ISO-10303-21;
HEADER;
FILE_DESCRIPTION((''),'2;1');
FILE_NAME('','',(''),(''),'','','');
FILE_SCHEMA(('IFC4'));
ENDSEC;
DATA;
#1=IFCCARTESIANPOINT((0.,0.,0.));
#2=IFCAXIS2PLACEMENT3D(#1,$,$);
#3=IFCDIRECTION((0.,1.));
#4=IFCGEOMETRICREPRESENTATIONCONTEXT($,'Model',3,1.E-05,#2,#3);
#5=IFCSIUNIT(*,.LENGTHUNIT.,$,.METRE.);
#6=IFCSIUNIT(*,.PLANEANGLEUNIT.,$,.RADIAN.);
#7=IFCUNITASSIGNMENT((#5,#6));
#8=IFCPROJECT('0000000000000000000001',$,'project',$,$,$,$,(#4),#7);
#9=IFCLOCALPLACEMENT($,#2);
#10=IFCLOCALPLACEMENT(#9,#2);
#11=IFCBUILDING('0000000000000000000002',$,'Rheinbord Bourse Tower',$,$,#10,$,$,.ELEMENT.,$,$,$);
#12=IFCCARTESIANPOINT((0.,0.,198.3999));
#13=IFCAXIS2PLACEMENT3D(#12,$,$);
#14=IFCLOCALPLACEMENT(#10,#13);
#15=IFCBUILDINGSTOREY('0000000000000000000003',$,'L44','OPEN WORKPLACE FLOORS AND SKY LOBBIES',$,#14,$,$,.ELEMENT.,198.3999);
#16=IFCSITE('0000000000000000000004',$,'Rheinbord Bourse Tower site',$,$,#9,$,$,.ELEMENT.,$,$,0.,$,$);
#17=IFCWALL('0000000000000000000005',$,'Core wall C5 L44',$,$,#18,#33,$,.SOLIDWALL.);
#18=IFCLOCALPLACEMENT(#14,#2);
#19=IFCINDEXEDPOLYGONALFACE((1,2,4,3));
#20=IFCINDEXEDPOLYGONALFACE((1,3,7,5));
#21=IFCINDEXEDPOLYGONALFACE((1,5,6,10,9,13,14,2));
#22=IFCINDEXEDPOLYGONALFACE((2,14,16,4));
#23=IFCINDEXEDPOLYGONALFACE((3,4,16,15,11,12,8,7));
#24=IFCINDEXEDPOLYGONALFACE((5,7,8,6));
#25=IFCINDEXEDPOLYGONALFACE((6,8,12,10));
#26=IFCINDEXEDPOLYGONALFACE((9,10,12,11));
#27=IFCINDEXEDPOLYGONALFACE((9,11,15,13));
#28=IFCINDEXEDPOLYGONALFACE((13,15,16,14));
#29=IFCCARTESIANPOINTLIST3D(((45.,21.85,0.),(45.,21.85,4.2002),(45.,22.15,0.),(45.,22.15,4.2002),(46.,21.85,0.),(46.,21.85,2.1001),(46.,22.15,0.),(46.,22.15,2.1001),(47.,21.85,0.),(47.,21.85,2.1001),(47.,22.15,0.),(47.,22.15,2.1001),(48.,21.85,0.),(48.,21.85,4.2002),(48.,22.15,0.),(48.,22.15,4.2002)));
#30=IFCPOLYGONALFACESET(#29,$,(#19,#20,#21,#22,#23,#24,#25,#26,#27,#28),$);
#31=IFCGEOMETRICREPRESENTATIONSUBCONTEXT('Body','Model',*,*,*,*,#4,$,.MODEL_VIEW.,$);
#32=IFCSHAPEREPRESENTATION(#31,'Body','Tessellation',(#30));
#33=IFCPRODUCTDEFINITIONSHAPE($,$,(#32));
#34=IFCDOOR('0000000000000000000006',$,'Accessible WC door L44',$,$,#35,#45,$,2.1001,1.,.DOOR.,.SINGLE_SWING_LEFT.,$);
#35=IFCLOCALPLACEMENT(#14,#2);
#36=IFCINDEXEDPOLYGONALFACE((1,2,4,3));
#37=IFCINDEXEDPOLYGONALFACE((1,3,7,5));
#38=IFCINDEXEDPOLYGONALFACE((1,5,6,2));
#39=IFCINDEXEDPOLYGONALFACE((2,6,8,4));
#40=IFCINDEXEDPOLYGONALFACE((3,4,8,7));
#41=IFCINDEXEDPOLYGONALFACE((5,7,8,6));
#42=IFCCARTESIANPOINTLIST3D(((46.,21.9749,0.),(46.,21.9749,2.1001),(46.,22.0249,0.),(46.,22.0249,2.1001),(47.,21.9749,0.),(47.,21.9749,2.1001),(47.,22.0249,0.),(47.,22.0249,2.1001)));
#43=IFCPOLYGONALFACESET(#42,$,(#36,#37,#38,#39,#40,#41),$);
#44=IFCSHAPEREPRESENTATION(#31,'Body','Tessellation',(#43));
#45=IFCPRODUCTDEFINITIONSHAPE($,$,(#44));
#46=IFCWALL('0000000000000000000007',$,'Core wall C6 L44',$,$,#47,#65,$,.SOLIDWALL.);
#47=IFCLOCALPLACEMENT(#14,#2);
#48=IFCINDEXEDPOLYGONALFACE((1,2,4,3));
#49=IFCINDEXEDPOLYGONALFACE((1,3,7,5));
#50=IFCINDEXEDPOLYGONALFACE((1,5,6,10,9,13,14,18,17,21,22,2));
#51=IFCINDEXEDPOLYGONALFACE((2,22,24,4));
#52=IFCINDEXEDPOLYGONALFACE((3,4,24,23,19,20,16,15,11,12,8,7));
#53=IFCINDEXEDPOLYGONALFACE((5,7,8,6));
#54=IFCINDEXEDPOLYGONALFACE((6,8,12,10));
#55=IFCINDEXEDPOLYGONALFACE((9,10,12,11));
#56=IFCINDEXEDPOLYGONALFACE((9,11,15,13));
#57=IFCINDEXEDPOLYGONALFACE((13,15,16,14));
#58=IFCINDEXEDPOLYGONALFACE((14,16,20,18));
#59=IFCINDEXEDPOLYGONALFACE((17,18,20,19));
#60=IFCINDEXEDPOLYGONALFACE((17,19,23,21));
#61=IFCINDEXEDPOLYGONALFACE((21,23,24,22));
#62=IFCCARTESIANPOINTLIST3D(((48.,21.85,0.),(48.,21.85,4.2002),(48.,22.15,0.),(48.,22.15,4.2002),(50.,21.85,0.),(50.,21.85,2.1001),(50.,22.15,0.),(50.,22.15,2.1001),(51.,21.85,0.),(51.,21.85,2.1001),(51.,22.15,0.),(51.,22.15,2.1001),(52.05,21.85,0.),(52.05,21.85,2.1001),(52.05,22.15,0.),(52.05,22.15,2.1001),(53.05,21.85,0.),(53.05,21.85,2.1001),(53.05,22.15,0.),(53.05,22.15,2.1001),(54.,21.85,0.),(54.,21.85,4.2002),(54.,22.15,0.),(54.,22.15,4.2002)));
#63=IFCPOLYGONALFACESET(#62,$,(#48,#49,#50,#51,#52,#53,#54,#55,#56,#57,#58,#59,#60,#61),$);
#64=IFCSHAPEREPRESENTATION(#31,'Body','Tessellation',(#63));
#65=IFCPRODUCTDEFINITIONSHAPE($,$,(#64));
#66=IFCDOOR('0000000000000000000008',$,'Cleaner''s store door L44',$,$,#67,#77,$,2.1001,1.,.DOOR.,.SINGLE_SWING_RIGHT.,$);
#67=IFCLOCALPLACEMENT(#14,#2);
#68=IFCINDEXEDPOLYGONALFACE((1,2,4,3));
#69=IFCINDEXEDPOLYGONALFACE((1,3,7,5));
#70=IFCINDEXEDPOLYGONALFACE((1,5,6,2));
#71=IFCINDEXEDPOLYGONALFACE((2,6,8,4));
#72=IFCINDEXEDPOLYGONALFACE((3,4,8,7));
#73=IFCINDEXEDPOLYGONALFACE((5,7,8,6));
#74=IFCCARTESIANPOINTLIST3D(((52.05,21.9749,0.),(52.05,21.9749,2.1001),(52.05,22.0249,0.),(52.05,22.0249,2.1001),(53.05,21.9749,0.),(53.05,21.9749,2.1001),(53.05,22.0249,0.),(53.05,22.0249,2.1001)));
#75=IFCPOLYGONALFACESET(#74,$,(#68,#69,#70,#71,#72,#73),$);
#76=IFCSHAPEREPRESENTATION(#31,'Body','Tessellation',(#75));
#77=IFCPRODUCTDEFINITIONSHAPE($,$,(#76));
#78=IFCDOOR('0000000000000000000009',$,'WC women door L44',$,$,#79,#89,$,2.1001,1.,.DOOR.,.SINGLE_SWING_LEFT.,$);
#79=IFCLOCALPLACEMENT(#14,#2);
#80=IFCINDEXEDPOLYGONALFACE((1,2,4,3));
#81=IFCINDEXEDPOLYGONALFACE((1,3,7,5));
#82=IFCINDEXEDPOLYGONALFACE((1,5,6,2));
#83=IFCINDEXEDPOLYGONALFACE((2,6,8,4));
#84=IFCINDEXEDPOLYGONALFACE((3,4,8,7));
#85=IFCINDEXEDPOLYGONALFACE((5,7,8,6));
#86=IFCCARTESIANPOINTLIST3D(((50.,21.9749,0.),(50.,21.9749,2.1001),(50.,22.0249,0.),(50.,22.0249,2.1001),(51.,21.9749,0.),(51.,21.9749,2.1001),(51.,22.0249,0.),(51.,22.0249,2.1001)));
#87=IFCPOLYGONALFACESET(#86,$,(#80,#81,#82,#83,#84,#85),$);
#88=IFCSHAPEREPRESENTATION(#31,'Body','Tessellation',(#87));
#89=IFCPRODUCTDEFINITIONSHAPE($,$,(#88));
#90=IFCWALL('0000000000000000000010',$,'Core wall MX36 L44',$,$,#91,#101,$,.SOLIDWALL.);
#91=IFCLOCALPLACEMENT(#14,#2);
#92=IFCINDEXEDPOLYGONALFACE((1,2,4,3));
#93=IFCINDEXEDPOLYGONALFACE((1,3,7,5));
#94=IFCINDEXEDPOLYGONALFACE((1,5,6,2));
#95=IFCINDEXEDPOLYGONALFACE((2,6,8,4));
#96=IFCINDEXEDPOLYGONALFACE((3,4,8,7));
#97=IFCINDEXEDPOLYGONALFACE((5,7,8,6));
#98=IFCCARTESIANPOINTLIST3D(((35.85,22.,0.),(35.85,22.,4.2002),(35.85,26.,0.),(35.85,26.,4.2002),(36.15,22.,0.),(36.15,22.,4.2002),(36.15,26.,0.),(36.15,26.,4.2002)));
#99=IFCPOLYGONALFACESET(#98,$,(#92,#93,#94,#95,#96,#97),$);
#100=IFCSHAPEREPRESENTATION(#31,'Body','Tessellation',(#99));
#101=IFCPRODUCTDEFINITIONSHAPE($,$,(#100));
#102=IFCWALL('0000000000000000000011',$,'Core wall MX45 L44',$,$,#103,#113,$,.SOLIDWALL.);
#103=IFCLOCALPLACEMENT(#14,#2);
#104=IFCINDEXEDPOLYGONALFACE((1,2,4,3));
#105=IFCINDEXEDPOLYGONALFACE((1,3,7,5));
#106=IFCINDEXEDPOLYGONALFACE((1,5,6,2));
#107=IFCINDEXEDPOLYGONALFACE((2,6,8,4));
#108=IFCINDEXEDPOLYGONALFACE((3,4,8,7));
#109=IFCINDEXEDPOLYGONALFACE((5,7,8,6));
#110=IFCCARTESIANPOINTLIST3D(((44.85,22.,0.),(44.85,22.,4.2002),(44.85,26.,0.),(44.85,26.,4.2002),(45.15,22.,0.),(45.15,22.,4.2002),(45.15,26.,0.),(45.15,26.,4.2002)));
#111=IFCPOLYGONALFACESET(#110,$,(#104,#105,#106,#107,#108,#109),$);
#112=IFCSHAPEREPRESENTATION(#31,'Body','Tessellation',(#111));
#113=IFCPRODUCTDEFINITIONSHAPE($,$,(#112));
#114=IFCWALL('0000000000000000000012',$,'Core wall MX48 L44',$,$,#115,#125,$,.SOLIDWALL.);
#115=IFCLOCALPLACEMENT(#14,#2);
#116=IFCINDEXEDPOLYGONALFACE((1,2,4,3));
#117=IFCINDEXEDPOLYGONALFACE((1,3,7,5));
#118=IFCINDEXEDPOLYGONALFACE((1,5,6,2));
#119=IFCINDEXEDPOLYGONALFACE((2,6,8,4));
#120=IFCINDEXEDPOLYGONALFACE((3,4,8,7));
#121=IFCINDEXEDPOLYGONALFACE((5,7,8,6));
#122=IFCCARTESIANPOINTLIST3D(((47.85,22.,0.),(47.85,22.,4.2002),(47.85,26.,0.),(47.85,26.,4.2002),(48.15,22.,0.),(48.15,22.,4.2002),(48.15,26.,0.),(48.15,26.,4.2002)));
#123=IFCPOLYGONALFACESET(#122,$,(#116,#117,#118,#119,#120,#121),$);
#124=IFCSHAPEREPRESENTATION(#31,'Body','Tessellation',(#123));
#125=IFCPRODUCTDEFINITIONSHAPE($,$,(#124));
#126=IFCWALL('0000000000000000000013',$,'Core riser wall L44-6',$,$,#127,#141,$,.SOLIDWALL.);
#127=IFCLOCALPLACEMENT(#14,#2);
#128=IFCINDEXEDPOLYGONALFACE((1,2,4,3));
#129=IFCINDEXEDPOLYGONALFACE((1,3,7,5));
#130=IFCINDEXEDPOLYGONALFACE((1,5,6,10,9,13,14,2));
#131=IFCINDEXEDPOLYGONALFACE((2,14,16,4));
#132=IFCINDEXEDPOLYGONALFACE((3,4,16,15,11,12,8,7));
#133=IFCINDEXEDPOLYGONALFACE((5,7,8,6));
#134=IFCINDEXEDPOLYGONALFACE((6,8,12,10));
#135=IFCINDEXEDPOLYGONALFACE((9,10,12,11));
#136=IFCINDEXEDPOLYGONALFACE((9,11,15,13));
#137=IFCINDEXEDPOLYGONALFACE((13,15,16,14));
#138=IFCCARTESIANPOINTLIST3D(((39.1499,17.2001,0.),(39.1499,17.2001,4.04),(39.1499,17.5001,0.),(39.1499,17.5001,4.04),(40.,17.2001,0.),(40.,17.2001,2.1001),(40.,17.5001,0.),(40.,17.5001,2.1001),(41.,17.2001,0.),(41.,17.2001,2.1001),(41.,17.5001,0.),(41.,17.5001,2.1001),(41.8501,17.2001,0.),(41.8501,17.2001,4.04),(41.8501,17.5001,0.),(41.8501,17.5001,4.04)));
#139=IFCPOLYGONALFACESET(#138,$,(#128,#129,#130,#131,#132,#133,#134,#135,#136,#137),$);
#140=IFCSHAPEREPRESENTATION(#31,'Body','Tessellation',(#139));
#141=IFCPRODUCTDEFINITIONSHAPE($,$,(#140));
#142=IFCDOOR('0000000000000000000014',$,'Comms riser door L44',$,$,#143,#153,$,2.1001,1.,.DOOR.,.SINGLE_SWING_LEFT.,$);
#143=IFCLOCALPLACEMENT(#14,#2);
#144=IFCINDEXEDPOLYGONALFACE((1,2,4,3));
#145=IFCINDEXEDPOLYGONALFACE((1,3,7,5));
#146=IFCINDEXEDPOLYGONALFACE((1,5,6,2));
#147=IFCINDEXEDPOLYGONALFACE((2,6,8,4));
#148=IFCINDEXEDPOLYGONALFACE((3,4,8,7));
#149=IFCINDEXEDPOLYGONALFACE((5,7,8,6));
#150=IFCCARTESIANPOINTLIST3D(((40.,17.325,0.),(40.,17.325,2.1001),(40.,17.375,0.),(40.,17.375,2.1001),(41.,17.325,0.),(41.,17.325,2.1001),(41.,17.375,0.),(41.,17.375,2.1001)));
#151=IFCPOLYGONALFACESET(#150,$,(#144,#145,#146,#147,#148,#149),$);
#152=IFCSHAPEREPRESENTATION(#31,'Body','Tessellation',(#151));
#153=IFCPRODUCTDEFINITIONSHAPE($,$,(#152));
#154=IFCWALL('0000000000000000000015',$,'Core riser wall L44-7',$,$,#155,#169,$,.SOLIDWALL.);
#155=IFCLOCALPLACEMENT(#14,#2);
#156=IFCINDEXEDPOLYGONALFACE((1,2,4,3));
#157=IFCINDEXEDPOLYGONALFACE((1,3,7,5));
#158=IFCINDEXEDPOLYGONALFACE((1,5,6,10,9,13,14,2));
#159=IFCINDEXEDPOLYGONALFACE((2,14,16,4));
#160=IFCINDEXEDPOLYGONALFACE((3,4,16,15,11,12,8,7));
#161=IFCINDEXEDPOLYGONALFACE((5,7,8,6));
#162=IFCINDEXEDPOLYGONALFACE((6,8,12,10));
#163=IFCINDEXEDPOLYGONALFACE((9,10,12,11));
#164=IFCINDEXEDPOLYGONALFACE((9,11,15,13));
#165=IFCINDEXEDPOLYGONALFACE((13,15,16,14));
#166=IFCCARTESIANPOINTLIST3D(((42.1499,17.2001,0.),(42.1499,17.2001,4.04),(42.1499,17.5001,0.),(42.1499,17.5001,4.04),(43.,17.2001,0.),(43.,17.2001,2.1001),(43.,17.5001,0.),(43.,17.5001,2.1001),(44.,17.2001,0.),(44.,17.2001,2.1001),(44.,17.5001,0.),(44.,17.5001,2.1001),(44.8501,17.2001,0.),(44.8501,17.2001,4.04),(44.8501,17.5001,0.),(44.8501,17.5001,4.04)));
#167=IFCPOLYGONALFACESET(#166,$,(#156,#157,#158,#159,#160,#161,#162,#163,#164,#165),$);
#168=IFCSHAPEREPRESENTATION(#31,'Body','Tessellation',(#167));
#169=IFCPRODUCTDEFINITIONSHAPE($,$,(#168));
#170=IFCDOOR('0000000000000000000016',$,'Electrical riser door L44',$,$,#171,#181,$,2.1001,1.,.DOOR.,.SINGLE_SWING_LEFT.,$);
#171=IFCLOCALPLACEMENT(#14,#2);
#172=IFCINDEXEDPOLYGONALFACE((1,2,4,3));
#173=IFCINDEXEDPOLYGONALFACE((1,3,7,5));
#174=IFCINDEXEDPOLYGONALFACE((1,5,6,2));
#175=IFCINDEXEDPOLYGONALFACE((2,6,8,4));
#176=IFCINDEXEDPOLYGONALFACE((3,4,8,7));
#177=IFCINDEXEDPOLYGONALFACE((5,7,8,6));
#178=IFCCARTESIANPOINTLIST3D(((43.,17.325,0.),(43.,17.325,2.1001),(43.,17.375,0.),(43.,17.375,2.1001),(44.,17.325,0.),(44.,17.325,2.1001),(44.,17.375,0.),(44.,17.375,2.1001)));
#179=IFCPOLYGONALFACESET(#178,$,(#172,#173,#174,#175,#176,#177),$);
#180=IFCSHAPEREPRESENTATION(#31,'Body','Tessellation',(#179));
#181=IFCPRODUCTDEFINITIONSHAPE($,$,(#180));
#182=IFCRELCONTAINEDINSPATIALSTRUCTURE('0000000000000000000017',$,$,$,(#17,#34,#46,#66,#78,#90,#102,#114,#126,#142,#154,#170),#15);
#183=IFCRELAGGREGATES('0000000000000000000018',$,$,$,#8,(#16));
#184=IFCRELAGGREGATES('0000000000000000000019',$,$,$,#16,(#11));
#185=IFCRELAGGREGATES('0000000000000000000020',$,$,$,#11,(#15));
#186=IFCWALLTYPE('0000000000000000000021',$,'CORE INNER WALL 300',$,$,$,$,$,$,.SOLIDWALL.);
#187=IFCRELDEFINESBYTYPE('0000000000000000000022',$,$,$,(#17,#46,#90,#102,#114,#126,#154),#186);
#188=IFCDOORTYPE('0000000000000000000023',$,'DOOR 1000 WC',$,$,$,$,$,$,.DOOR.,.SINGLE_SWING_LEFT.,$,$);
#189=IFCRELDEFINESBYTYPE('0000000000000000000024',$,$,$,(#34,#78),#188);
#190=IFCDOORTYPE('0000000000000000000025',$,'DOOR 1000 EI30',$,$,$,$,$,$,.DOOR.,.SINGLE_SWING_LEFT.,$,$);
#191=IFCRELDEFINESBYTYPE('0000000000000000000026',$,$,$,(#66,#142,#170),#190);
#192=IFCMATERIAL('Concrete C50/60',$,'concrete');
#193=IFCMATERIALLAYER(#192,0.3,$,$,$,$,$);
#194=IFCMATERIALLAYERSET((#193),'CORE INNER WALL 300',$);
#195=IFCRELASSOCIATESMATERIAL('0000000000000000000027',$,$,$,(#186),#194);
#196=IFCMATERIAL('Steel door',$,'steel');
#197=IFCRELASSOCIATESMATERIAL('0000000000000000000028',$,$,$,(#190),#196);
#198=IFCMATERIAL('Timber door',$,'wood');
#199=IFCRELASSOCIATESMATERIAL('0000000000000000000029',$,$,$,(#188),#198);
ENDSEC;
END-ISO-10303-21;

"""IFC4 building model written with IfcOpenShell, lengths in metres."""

from ifc_helpers import new_model, si_unit, direction, frame, frame_2d, origin, place, context, subcontext, project, spatial, rectangle, extrude, material, layer, layer_set, type_object, element, fill, save


model = new_model("IFC4")

# Units and contexts
model_context = context("Model", 3, precision=1e-05, world=origin(), true_north=direction((0.0, 1.0)))
body_context = subcontext(model_context, "Body", "Model", "MODEL_VIEW")
ifc_project = project(units=[si_unit("LENGTHUNIT", "METRE"), si_unit("PLANEANGLEUNIT", "RADIAN")], contexts=[model_context])

# Site, building, storey
site_placement = place(None, origin())
site = spatial("IfcSite", under=ifc_project, at=site_placement, Name="Rheinbord Bourse Tower site", CompositionType="ELEMENT", RefElevation=0.0)
building_placement = place(site_placement, origin())
building = spatial("IfcBuilding", under=site, at=building_placement, Name="Rheinbord Bourse Tower", CompositionType="ELEMENT")
storey_placement = place(building_placement, frame((0.0, 0.0, 198.3999)))
storey = spatial("IfcBuildingStorey", under=building, at=storey_placement, Name="L44", Description="OPEN WORKPLACE FLOORS AND SKY LOBBIES", CompositionType="ELEMENT", Elevation=198.3999)

# Wall, opening, door
ifc_material_1 = material(Name="Concrete C50/60", Category="concrete")
ifc_layer_1 = layer(ifc_material_1, 0.3)
ifc_layer_set_1 = layer_set([ifc_layer_1], Name="CORE INNER WALL 300")
wall_type_1 = type_object("IfcWallType", Name="CORE INNER WALL 300", PredefinedType="SOLIDWALL", material=ifc_layer_set_1)
ifc_material_2 = material(Name="Steel door", Category="steel")
door_type_1 = type_object("IfcDoorType", Name="DOOR 1000 EI30", OperationType="SINGLE_SWING_LEFT", PredefinedType="DOOR", material=ifc_material_2)
wall_1_placement = place(storey_placement, frame((45.0, 22.0, 0.0), z_axis=(0.0, 0.0, 1.0), x_axis=(1.0, 0.0, 0.0)))
wall_1 = element("IfcWall", 1, at=wall_1_placement, inside=storey, type_object=wall_type_1, Name="Core wall C5 L44", PredefinedType="SOLIDWALL", context=body_context, shape_type="SweptSolid", body=[
    extrude(rectangle(XDim=3.0, YDim=0.3, at=frame_2d((1.5, 0.0))), origin(), (0.0, 0.0, 1.0), 4.2002),
])
opening_1_placement = place(wall_1_placement, frame((1.0, 0.0, 0.0)))
opening_1 = element("IfcOpeningElement", 2, at=opening_1_placement, cuts=wall_1, PredefinedType="OPENING", context=body_context, shape_type="SweptSolid", body=[
    extrude(rectangle(XDim=1.0, YDim=2.1001, at=frame_2d((0.5, 1.05))), frame((0.0, 0.1599, 0.0), z_axis=(0.0, -1.0, 0.0), x_axis=(1.0, 0.0, 0.0)), (0.0, 0.0, 1.0), 0.3201),
])
ifc_material_3 = material(Name="Timber door", Category="wood")
door_type_2 = type_object("IfcDoorType", Name="DOOR 1000 WC", OperationType="SINGLE_SWING_LEFT", PredefinedType="DOOR", material=ifc_material_3)
door_1_placement = place(opening_1_placement, origin())
door_1 = element("IfcDoor", 3, at=door_1_placement, inside=storey, type_object=door_type_2, Name="Accessible WC door L44", OperationType="SINGLE_SWING_LEFT", OverallHeight=2.1001, OverallWidth=1.0, PredefinedType="DOOR", context=body_context, shape_type="SweptSolid", body=[
    extrude(rectangle(XDim=1.0, YDim=2.1001, at=frame_2d((0.5, 1.05))), frame((0.0, 0.0249, 0.0), z_axis=(0.0, -1.0, 0.0), x_axis=(1.0, 0.0, 0.0)), (0.0, 0.0, 1.0), 0.05),
])
fill(opening_1, door_1)

# Wall, openings, doors
wall_2_placement = place(storey_placement, frame((48.0, 22.0, 0.0), z_axis=(0.0, 0.0, 1.0), x_axis=(1.0, 0.0, 0.0)))
wall_2 = element("IfcWall", 4, at=wall_2_placement, inside=storey, type_object=wall_type_1, Name="Core wall C6 L44", PredefinedType="SOLIDWALL", context=body_context, shape_type="SweptSolid", body=[
    extrude(rectangle(XDim=6.0, YDim=0.3, at=frame_2d((3.0, 0.0))), origin(), (0.0, 0.0, 1.0), 4.2002),
])
opening_2_placement = place(wall_2_placement, frame((2.0, 0.0, 0.0)))
opening_2 = element("IfcOpeningElement", 5, at=opening_2_placement, cuts=wall_2, PredefinedType="OPENING", context=body_context, shape_type="SweptSolid", body=[
    extrude(rectangle(XDim=1.0, YDim=2.1001, at=frame_2d((0.5, 1.05))), frame((0.0, 0.1599, 0.0), z_axis=(0.0, -1.0, 0.0), x_axis=(1.0, 0.0, 0.0)), (0.0, 0.0, 1.0), 0.3201),
])
opening_3_placement = place(wall_2_placement, frame((4.05, 0.0, 0.0)))
opening_3 = element("IfcOpeningElement", 6, at=opening_3_placement, cuts=wall_2, PredefinedType="OPENING", context=body_context, shape_type="SweptSolid", body=[
    extrude(rectangle(XDim=1.0, YDim=2.1001, at=frame_2d((0.5, 1.05))), frame((0.0, 0.1599, 0.0), z_axis=(0.0, -1.0, 0.0), x_axis=(1.0, 0.0, 0.0)), (0.0, 0.0, 1.0), 0.3201),
])
door_2_placement = place(opening_3_placement, origin())
door_2 = element("IfcDoor", 7, at=door_2_placement, inside=storey, type_object=door_type_1, Name="Cleaner's store door L44", OperationType="SINGLE_SWING_RIGHT", OverallHeight=2.1001, OverallWidth=1.0, PredefinedType="DOOR", context=body_context, shape_type="SweptSolid", body=[
    extrude(rectangle(XDim=1.0, YDim=2.1001, at=frame_2d((0.5, 1.05))), frame((0.0, 0.0249, 0.0), z_axis=(0.0, -1.0, 0.0), x_axis=(1.0, 0.0, 0.0)), (0.0, 0.0, 1.0), 0.05),
])
fill(opening_3, door_2)
door_3_placement = place(opening_2_placement, origin())
door_3 = element("IfcDoor", 8, at=door_3_placement, inside=storey, type_object=door_type_2, Name="WC women door L44", OperationType="SINGLE_SWING_LEFT", OverallHeight=2.1001, OverallWidth=1.0, PredefinedType="DOOR", context=body_context, shape_type="SweptSolid", body=[
    extrude(rectangle(XDim=1.0, YDim=2.1001, at=frame_2d((0.5, 1.05))), frame((0.0, 0.0249, 0.0), z_axis=(0.0, -1.0, 0.0), x_axis=(1.0, 0.0, 0.0)), (0.0, 0.0, 1.0), 0.05),
])
fill(opening_2, door_3)

# Walls
for number, where, z_axis, x_axis, name in (
    (9, (36.0, 22.0, 0.0), (0.0, 0.0, 1.0), (0.0, 1.0, 0.0), "Core wall MX36 L44"),
    (10, (45.0, 22.0, 0.0), (0.0, 0.0, 1.0), (0.0, 1.0, 0.0), "Core wall MX45 L44"),
    (11, (48.0, 22.0, 0.0), (0.0, 0.0, 1.0), (0.0, 1.0, 0.0), "Core wall MX48 L44"),
):
    element("IfcWall", number, at=place(storey_placement, frame(where, z_axis=z_axis, x_axis=x_axis)), inside=storey, type_object=wall_type_1, Name=name, PredefinedType="SOLIDWALL", context=body_context, shape_type="SweptSolid", body=[
        extrude(rectangle(XDim=4.0, YDim=0.3, at=frame_2d((2.0, 0.0))), origin(), (0.0, 0.0, 1.0), 4.2002),
    ])

# Walls, openings, doors
wall_3_placement = place(storey_placement, frame((39.1499, 17.3501, 0.0), z_axis=(0.0, 0.0, 1.0), x_axis=(1.0, 0.0, 0.0)))
wall_3 = element("IfcWall", 12, at=wall_3_placement, inside=storey, type_object=wall_type_1, Name="Core riser wall L44-6", PredefinedType="SOLIDWALL", context=body_context, shape_type="SweptSolid", body=[
    extrude(rectangle(XDim=2.7002, YDim=0.3, at=frame_2d((1.3501, 0.0))), origin(), (0.0, 0.0, 1.0), 4.04),
])
opening_4_placement = place(wall_3_placement, frame((0.8501, 0.0, 0.0)))
opening_4 = element("IfcOpeningElement", 13, at=opening_4_placement, cuts=wall_3, PredefinedType="OPENING", context=body_context, shape_type="SweptSolid", body=[
    extrude(rectangle(XDim=1.0, YDim=2.1001, at=frame_2d((0.5, 1.05))), frame((0.0, 0.1599, 0.0), z_axis=(0.0, -1.0, 0.0), x_axis=(1.0, 0.0, 0.0)), (0.0, 0.0, 1.0), 0.3201),
])
door_4_placement = place(opening_4_placement, origin())
door_4 = element("IfcDoor", 14, at=door_4_placement, inside=storey, type_object=door_type_1, Name="Comms riser door L44", OperationType="SINGLE_SWING_LEFT", OverallHeight=2.1001, OverallWidth=1.0, PredefinedType="DOOR", context=body_context, shape_type="SweptSolid", body=[
    extrude(rectangle(XDim=1.0, YDim=2.1001, at=frame_2d((0.5, 1.05))), frame((0.0, 0.0249, 0.0), z_axis=(0.0, -1.0, 0.0), x_axis=(1.0, 0.0, 0.0)), (0.0, 0.0, 1.0), 0.05),
])
fill(opening_4, door_4)
wall_4_placement = place(storey_placement, frame((42.1499, 17.3501, 0.0), z_axis=(0.0, 0.0, 1.0), x_axis=(1.0, 0.0, 0.0)))
wall_4 = element("IfcWall", 15, at=wall_4_placement, inside=storey, type_object=wall_type_1, Name="Core riser wall L44-7", PredefinedType="SOLIDWALL", context=body_context, shape_type="SweptSolid", body=[
    extrude(rectangle(XDim=2.7002, YDim=0.3, at=frame_2d((1.3501, 0.0))), origin(), (0.0, 0.0, 1.0), 4.04),
])
opening_5_placement = place(wall_4_placement, frame((0.8501, 0.0, 0.0)))
opening_5 = element("IfcOpeningElement", 16, at=opening_5_placement, cuts=wall_4, PredefinedType="OPENING", context=body_context, shape_type="SweptSolid", body=[
    extrude(rectangle(XDim=1.0, YDim=2.1001, at=frame_2d((0.5, 1.05))), frame((0.0, 0.1599, 0.0), z_axis=(0.0, -1.0, 0.0), x_axis=(1.0, 0.0, 0.0)), (0.0, 0.0, 1.0), 0.3201),
])
door_5_placement = place(opening_5_placement, origin())
door_5 = element("IfcDoor", 17, at=door_5_placement, inside=storey, type_object=door_type_1, Name="Electrical riser door L44", OperationType="SINGLE_SWING_LEFT", OverallHeight=2.1001, OverallWidth=1.0, PredefinedType="DOOR", context=body_context, shape_type="SweptSolid", body=[
    extrude(rectangle(XDim=1.0, YDim=2.1001, at=frame_2d((0.5, 1.05))), frame((0.0, 0.0249, 0.0), z_axis=(0.0, -1.0, 0.0), x_axis=(1.0, 0.0, 0.0)), (0.0, 0.0, 1.0), 0.05),
])
fill(opening_5, door_5)

save(model, "model.ifc")
